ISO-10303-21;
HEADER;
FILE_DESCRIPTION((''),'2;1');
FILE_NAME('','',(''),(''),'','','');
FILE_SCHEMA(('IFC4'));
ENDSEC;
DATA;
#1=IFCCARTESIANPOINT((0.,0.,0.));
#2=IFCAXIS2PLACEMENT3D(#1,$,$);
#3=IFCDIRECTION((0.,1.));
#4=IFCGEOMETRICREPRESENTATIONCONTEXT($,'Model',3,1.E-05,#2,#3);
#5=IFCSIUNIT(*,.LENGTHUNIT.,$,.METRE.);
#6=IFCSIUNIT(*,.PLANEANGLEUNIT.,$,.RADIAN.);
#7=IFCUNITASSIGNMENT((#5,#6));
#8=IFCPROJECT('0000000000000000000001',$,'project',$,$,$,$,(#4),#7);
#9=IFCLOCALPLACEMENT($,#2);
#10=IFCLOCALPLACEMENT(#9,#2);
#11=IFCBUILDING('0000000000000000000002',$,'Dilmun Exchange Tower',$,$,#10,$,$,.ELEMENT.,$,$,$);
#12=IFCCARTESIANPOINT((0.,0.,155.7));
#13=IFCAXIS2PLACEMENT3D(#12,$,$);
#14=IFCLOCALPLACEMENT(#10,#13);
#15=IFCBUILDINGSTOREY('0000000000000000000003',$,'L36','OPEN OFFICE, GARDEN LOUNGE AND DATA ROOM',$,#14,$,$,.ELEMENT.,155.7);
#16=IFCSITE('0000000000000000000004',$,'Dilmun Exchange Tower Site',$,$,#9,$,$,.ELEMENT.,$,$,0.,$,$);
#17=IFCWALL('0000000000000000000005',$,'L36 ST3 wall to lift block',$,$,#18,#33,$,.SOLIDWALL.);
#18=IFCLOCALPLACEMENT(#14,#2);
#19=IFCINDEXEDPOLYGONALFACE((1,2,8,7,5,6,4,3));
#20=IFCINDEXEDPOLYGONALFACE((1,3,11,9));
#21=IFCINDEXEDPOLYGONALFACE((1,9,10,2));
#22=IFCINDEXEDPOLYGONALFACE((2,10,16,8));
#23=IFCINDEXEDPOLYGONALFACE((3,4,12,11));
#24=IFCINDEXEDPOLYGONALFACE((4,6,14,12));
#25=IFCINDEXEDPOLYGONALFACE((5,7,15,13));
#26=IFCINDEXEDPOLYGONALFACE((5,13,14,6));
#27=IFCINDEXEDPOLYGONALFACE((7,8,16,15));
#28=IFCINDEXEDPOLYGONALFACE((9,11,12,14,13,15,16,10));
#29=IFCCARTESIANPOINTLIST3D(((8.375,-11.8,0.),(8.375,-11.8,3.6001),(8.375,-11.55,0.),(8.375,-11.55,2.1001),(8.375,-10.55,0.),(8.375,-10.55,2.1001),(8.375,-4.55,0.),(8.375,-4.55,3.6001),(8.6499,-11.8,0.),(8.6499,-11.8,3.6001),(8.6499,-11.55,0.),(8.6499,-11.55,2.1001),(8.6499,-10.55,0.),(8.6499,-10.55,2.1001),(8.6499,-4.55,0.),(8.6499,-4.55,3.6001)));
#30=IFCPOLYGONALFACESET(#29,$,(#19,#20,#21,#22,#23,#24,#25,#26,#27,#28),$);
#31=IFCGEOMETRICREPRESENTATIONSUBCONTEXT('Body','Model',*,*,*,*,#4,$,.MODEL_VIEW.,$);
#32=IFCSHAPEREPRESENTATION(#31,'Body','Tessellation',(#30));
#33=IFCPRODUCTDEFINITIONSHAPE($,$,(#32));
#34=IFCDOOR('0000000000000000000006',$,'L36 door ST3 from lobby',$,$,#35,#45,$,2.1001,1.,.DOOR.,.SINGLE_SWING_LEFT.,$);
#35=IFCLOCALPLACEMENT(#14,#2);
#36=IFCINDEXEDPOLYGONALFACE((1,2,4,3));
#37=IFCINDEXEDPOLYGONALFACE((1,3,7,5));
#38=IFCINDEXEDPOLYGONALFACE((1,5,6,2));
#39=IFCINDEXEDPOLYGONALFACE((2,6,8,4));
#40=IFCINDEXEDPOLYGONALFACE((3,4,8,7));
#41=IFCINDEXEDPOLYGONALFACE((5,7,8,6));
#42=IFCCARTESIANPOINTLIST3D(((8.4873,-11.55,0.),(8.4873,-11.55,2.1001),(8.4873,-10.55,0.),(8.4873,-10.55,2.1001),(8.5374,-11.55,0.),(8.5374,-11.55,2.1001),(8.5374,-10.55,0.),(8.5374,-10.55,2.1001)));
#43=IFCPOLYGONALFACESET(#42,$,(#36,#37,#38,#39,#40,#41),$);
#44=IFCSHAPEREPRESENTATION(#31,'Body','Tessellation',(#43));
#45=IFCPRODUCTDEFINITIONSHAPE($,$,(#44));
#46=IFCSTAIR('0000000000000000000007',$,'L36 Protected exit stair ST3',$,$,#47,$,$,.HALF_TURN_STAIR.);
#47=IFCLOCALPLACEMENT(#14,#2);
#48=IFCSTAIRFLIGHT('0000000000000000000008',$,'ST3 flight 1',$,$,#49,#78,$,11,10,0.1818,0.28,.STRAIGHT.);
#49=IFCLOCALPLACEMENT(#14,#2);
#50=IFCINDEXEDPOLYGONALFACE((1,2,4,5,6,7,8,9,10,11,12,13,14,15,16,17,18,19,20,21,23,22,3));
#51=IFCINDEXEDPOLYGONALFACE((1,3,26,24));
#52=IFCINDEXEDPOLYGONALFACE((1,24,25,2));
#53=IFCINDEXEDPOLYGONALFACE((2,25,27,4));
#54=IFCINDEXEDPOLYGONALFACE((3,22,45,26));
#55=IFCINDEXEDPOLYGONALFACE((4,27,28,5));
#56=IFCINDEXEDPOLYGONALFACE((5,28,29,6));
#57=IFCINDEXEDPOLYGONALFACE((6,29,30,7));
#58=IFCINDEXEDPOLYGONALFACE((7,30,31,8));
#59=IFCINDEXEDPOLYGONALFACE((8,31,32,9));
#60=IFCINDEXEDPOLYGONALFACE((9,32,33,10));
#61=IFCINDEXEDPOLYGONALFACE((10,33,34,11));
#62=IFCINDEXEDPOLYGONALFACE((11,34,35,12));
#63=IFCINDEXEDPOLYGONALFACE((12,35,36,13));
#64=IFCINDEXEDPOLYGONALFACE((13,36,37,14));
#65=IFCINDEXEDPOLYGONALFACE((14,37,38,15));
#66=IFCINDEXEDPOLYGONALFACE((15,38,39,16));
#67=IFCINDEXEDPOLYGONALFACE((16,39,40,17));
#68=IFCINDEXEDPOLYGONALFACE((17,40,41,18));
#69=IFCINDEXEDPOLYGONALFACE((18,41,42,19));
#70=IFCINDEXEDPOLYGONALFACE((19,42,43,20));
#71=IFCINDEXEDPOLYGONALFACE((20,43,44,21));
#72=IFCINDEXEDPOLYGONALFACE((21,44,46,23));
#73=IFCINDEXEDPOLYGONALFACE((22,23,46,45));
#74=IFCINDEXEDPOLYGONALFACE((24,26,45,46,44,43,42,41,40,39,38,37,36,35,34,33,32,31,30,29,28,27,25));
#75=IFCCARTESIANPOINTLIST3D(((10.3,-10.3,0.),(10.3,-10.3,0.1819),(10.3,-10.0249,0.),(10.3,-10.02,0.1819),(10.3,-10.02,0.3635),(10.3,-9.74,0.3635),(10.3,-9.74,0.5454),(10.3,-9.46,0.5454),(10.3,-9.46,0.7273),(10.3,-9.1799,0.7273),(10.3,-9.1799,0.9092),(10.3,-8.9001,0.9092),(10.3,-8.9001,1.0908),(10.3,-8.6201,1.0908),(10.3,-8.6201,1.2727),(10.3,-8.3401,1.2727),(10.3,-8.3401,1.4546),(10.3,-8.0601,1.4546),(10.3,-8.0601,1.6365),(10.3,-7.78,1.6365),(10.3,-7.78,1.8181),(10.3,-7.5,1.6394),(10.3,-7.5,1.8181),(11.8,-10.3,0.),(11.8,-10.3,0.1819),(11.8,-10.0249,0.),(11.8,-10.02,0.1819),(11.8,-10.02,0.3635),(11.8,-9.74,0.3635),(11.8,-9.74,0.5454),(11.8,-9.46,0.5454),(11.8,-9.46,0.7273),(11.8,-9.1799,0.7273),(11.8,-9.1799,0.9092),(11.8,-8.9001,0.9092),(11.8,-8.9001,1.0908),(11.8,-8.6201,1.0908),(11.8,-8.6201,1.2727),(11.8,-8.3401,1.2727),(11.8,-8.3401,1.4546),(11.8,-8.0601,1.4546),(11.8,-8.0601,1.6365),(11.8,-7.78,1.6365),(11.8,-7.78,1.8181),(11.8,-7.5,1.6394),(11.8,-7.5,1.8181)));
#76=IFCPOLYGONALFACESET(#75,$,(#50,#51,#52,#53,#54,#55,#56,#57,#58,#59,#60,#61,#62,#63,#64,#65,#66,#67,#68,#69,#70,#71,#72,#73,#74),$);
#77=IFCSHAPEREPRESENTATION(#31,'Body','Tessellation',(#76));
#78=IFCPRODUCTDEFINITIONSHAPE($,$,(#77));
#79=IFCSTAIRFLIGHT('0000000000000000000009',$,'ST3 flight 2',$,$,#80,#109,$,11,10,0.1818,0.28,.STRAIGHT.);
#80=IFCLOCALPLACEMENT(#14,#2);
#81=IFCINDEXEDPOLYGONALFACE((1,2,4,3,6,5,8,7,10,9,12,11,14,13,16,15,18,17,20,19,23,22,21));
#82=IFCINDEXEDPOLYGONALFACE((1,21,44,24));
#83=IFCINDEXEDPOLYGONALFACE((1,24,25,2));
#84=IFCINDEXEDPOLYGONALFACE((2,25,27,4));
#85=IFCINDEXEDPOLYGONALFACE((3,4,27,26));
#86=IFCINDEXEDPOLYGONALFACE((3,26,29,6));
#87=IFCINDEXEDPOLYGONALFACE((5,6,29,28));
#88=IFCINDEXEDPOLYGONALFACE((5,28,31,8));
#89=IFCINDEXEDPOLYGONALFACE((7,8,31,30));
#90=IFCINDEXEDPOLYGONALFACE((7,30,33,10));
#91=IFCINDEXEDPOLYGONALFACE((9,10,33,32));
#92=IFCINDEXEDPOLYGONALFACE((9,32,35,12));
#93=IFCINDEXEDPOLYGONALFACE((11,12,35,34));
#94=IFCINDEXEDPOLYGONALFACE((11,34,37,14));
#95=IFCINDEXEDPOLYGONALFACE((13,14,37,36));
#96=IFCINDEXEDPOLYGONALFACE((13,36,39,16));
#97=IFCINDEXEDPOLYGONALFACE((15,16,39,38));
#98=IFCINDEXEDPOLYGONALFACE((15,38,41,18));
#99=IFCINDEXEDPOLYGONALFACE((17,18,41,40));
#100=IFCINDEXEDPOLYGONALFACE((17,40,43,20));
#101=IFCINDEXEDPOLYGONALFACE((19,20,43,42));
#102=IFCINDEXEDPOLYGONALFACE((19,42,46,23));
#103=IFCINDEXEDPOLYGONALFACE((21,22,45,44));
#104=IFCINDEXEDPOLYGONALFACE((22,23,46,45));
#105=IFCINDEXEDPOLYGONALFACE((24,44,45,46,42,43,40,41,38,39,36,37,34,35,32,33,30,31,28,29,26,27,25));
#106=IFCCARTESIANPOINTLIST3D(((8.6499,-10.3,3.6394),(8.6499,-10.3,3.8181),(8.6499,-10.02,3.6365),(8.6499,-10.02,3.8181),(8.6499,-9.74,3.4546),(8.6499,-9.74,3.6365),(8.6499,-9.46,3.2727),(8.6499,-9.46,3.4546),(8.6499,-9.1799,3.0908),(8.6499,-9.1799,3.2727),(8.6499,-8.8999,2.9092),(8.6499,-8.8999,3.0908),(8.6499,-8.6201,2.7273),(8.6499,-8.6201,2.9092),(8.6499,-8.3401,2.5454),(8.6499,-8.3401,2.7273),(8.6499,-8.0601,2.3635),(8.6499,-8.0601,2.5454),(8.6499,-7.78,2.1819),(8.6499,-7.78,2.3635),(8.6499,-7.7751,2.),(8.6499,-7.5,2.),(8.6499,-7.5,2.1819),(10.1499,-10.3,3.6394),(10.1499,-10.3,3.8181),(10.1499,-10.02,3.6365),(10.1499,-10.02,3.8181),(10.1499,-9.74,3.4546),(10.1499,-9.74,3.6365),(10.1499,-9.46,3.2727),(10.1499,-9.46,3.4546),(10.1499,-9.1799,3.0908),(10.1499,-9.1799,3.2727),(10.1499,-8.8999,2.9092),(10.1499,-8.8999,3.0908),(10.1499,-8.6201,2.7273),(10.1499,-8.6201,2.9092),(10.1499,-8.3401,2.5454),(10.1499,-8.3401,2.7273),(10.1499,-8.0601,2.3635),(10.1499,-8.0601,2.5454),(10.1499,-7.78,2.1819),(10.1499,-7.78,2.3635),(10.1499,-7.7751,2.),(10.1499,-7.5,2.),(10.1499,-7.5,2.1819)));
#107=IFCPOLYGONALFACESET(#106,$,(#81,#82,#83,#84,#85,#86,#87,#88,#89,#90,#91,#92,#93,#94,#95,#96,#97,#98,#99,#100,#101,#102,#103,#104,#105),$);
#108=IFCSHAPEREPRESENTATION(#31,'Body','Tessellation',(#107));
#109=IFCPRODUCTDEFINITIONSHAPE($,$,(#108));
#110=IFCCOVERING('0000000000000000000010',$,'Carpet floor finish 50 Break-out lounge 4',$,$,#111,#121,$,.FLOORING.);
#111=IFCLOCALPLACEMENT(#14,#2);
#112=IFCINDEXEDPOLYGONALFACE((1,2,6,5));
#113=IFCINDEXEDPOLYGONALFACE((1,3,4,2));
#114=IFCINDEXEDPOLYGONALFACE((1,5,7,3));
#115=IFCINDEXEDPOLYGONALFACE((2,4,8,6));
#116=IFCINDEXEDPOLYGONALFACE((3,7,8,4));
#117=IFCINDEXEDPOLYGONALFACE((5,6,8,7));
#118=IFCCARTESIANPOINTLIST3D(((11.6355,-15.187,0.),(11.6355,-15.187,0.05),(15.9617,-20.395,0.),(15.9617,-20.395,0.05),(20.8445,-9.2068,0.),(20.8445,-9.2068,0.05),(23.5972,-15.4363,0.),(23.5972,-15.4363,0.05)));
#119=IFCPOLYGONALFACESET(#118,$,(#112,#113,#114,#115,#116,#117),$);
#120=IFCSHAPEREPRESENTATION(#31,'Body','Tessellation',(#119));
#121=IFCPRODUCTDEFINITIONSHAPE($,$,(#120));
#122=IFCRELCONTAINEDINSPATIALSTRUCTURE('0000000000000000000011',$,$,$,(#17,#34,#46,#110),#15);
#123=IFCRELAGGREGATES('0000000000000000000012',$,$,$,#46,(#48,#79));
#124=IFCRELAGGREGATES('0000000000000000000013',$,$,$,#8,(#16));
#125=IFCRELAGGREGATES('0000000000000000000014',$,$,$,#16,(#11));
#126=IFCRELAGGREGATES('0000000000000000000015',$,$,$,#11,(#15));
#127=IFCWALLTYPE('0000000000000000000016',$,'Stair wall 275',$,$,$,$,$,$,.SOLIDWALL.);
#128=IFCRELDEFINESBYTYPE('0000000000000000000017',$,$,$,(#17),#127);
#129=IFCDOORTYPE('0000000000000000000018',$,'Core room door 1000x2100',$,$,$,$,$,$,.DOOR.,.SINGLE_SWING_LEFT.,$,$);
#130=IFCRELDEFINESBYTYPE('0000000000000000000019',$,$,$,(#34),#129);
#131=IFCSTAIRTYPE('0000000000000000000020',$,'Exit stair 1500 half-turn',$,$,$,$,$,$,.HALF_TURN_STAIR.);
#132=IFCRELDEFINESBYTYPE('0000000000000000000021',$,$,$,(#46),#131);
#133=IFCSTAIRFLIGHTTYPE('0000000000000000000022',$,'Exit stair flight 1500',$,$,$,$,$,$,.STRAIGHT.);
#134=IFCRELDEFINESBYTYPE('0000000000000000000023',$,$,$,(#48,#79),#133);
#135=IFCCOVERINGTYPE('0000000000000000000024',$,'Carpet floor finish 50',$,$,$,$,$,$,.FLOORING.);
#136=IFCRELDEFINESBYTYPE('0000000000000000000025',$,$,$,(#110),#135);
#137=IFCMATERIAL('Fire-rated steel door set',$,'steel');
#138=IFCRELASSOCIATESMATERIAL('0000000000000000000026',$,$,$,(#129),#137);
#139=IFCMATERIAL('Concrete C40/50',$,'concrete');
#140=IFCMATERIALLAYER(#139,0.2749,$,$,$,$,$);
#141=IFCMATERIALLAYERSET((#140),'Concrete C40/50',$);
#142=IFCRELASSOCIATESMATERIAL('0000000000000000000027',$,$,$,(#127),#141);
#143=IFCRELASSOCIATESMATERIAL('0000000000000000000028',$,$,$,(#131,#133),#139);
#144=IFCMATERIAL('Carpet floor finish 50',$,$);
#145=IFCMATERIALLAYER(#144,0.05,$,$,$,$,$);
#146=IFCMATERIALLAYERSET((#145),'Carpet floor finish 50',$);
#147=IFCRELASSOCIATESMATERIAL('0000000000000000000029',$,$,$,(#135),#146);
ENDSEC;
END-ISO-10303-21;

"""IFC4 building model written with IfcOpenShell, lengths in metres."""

from ifc_helpers import new_model, si_unit, direction, frame, frame_2d, origin, place, context, subcontext, project, spatial, polyline, rectangle, outline, extrude, material, layer, layer_set, type_object, element, fill, aggregate, save


model = new_model("IFC4")

# Units and contexts
model_context = context("Model", 3, precision=1e-05, world=origin(), true_north=direction((0.0, 1.0)))
body_context = subcontext(model_context, "Body", "Model", "MODEL_VIEW")
ifc_project = project(units=[si_unit("LENGTHUNIT", "METRE"), si_unit("PLANEANGLEUNIT", "RADIAN")], contexts=[model_context])

# Site, building, storey
site_placement = place(None, origin())
site = spatial("IfcSite", under=ifc_project, at=site_placement, Name="Dilmun Exchange Tower Site", CompositionType="ELEMENT", RefElevation=0.0)
building_placement = place(site_placement, origin())
building = spatial("IfcBuilding", under=site, at=building_placement, Name="Dilmun Exchange Tower", CompositionType="ELEMENT")
storey_placement = place(building_placement, frame((0.0, 0.0, 155.7)))
storey = spatial("IfcBuildingStorey", under=building, at=storey_placement, Name="L36", Description="OPEN OFFICE, GARDEN LOUNGE AND DATA ROOM", CompositionType="ELEMENT", Elevation=155.7)

# Shared definitions
ifc_material_1 = material(Name="Concrete C40/50", Category="concrete")

# Shared definitions
ifc_material_2 = material(Name="Fire-rated steel door set", Category="steel")
door_type_1 = type_object("IfcDoorType", Name="Core room door 1000x2100", OperationType="SINGLE_SWING_LEFT", PredefinedType="DOOR", material=ifc_material_2)

# Wall, opening, door
ifc_layer_1 = layer(ifc_material_1, 0.2749)
ifc_layer_set_1 = layer_set([ifc_layer_1], Name="Concrete C40/50")
wall_type_1 = type_object("IfcWallType", Name="Stair wall 275", PredefinedType="SOLIDWALL", material=ifc_layer_set_1)
wall_1_placement = place(storey_placement, frame((8.5125, -4.55, 0.0), z_axis=(0.0, 0.0, 1.0), x_axis=(0.0, -1.0, 0.0)))
wall_1 = element("IfcWall", 1, at=wall_1_placement, inside=storey, type_object=wall_type_1, Name="L36 ST3 wall to lift block", PredefinedType="SOLIDWALL", context=body_context, shape_type="SweptSolid", body=[
    extrude(rectangle(XDim=7.25, YDim=0.2749, at=frame_2d((3.625, 0.0))), origin(), (0.0, 0.0, 1.0), 3.6001),
])
opening_1_placement = place(wall_1_placement, frame((6.0, 0.0, 0.0)))
opening_1 = element("IfcOpeningElement", 2, at=opening_1_placement, cuts=wall_1, PredefinedType="OPENING", context=body_context, shape_type="SweptSolid", body=[
    extrude(rectangle(XDim=1.0, YDim=2.1001, at=frame_2d((0.5, 1.05))), frame((0.0, 0.1475, 0.0), z_axis=(0.0, -1.0, 0.0), x_axis=(1.0, 0.0, 0.0)), (0.0, 0.0, 1.0), 0.2949),
])
door_1_placement = place(opening_1_placement, origin())
door_1 = element("IfcDoor", 3, at=door_1_placement, inside=storey, type_object=door_type_1, Name="L36 door ST3 from lobby", OperationType="SINGLE_SWING_LEFT", OverallHeight=2.1001, OverallWidth=1.0, PredefinedType="DOOR", context=body_context, shape_type="SweptSolid", body=[
    extrude(rectangle(XDim=1.0, YDim=2.1001, at=frame_2d((0.5, 1.05))), frame((0.0, 0.0249, 0.0), z_axis=(0.0, -1.0, 0.0), x_axis=(1.0, 0.0, 0.0)), (0.0, 0.0, 1.0), 0.05),
])
fill(opening_1, door_1)

# Stair, stair flights
stair_type = type_object("IfcStairType", Name="Exit stair 1500 half-turn", PredefinedType="HALF_TURN_STAIR", material=ifc_material_1)
stair_placement = place(storey_placement, origin())
stair = element("IfcStair", 4, at=stair_placement, inside=storey, type_object=stair_type, Name="L36 Protected exit stair ST3", PredefinedType="HALF_TURN_STAIR")
stair_flight_type = type_object("IfcStairFlightType", Name="Exit stair flight 1500", PredefinedType="STRAIGHT", material=ifc_material_1)
stair_flight_1_placement = place(storey_placement, frame((11.05, -10.3, 0.0), z_axis=(0.0, 0.0, 1.0), x_axis=(0.0, 1.0, 0.0)))
stair_flight_1 = element("IfcStairFlight", 5, at=stair_flight_1_placement, type_object=stair_flight_type, Name="ST3 flight 1", NumberOfRisers=11, NumberOfTreads=10, PredefinedType="STRAIGHT", RiserHeight=0.1818, TreadLength=0.28, context=body_context, shape_type="SweptSolid", body=[
    extrude(outline(polyline([(0.0, 0.0), (0.0, 0.1819), (0.28, 0.1819), (0.28, 0.3635), (0.5601, 0.3635), (0.5601, 0.5454), (0.8401, 0.5454), (0.8401, 0.7273), (1.1201, 0.7273), (1.1201, 0.9092), (1.3999, 0.9092), (1.3999, 1.0908), (1.6799, 1.0908), (1.6799, 1.2727), (1.96, 1.2727), (1.96, 1.4546), (2.24, 1.4546), (2.24, 1.6365), (2.52, 1.6365), (2.52, 1.8181), (2.8, 1.8181), (2.8, 2.0), (2.8, 1.6394), (0.2751, 0.0), (0.0, 0.0)])), frame((0.0, 0.75, 0.0), z_axis=(0.0, -1.0, 0.0), x_axis=(1.0, 0.0, 0.0)), (0.0, 0.0, 1.0), 1.5),
])
stair_flight_2_placement = place(storey_placement, frame((9.3999, -7.5, 2.0), z_axis=(0.0, 0.0, 1.0), x_axis=(0.0, -1.0, 0.0)))
stair_flight_2 = element("IfcStairFlight", 6, at=stair_flight_2_placement, type_object=stair_flight_type, Name="ST3 flight 2", NumberOfRisers=11, NumberOfTreads=10, PredefinedType="STRAIGHT", RiserHeight=0.1818, TreadLength=0.28, context=body_context, shape_type="SweptSolid", body=[
    extrude(outline(polyline([(0.0, 0.0), (0.0, 0.1819), (0.28, 0.1819), (0.28, 0.3635), (0.5601, 0.3635), (0.5601, 0.5454), (0.8401, 0.5454), (0.8401, 0.7273), (1.1201, 0.7273), (1.1201, 0.9092), (1.3999, 0.9092), (1.3999, 1.0908), (1.6799, 1.0908), (1.6799, 1.2727), (1.96, 1.2727), (1.96, 1.4546), (2.24, 1.4546), (2.24, 1.6365), (2.52, 1.6365), (2.52, 1.8181), (2.8, 1.8181), (2.8, 2.0), (2.8, 1.6394), (0.2751, 0.0), (0.0, 0.0)])), frame((0.0, 0.75, 0.0), z_axis=(0.0, -1.0, 0.0), x_axis=(1.0, 0.0, 0.0)), (0.0, 0.0, 1.0), 1.5),
])
aggregate(stair, [stair_flight_1, stair_flight_2])

# Covering
ifc_material_3 = material(Name="Carpet floor finish 50")
ifc_layer_2 = layer(ifc_material_3, 0.05)
ifc_layer_set_2 = layer_set([ifc_layer_2], Name="Carpet floor finish 50")
covering_type_1 = type_object("IfcCoveringType", Name="Carpet floor finish 50", PredefinedType="FLOORING", material=ifc_layer_set_2)
covering_1_placement = place(storey_placement, origin())
element("IfcCovering", 7, at=covering_1_placement, inside=storey, type_object=covering_type_1, Name="Carpet floor finish 50 Break-out lounge 4", PredefinedType="FLOORING", context=body_context, shape_type="SweptSolid", body=[
    extrude(outline(polyline([(20.8445, -9.2068), (23.5972, -15.4363), (15.9617, -20.395), (11.6355, -15.187), (20.8445, -9.2068)])), origin(), (0.0, 0.0, 1.0), 0.05),
])

save(model, "model.ifc")
